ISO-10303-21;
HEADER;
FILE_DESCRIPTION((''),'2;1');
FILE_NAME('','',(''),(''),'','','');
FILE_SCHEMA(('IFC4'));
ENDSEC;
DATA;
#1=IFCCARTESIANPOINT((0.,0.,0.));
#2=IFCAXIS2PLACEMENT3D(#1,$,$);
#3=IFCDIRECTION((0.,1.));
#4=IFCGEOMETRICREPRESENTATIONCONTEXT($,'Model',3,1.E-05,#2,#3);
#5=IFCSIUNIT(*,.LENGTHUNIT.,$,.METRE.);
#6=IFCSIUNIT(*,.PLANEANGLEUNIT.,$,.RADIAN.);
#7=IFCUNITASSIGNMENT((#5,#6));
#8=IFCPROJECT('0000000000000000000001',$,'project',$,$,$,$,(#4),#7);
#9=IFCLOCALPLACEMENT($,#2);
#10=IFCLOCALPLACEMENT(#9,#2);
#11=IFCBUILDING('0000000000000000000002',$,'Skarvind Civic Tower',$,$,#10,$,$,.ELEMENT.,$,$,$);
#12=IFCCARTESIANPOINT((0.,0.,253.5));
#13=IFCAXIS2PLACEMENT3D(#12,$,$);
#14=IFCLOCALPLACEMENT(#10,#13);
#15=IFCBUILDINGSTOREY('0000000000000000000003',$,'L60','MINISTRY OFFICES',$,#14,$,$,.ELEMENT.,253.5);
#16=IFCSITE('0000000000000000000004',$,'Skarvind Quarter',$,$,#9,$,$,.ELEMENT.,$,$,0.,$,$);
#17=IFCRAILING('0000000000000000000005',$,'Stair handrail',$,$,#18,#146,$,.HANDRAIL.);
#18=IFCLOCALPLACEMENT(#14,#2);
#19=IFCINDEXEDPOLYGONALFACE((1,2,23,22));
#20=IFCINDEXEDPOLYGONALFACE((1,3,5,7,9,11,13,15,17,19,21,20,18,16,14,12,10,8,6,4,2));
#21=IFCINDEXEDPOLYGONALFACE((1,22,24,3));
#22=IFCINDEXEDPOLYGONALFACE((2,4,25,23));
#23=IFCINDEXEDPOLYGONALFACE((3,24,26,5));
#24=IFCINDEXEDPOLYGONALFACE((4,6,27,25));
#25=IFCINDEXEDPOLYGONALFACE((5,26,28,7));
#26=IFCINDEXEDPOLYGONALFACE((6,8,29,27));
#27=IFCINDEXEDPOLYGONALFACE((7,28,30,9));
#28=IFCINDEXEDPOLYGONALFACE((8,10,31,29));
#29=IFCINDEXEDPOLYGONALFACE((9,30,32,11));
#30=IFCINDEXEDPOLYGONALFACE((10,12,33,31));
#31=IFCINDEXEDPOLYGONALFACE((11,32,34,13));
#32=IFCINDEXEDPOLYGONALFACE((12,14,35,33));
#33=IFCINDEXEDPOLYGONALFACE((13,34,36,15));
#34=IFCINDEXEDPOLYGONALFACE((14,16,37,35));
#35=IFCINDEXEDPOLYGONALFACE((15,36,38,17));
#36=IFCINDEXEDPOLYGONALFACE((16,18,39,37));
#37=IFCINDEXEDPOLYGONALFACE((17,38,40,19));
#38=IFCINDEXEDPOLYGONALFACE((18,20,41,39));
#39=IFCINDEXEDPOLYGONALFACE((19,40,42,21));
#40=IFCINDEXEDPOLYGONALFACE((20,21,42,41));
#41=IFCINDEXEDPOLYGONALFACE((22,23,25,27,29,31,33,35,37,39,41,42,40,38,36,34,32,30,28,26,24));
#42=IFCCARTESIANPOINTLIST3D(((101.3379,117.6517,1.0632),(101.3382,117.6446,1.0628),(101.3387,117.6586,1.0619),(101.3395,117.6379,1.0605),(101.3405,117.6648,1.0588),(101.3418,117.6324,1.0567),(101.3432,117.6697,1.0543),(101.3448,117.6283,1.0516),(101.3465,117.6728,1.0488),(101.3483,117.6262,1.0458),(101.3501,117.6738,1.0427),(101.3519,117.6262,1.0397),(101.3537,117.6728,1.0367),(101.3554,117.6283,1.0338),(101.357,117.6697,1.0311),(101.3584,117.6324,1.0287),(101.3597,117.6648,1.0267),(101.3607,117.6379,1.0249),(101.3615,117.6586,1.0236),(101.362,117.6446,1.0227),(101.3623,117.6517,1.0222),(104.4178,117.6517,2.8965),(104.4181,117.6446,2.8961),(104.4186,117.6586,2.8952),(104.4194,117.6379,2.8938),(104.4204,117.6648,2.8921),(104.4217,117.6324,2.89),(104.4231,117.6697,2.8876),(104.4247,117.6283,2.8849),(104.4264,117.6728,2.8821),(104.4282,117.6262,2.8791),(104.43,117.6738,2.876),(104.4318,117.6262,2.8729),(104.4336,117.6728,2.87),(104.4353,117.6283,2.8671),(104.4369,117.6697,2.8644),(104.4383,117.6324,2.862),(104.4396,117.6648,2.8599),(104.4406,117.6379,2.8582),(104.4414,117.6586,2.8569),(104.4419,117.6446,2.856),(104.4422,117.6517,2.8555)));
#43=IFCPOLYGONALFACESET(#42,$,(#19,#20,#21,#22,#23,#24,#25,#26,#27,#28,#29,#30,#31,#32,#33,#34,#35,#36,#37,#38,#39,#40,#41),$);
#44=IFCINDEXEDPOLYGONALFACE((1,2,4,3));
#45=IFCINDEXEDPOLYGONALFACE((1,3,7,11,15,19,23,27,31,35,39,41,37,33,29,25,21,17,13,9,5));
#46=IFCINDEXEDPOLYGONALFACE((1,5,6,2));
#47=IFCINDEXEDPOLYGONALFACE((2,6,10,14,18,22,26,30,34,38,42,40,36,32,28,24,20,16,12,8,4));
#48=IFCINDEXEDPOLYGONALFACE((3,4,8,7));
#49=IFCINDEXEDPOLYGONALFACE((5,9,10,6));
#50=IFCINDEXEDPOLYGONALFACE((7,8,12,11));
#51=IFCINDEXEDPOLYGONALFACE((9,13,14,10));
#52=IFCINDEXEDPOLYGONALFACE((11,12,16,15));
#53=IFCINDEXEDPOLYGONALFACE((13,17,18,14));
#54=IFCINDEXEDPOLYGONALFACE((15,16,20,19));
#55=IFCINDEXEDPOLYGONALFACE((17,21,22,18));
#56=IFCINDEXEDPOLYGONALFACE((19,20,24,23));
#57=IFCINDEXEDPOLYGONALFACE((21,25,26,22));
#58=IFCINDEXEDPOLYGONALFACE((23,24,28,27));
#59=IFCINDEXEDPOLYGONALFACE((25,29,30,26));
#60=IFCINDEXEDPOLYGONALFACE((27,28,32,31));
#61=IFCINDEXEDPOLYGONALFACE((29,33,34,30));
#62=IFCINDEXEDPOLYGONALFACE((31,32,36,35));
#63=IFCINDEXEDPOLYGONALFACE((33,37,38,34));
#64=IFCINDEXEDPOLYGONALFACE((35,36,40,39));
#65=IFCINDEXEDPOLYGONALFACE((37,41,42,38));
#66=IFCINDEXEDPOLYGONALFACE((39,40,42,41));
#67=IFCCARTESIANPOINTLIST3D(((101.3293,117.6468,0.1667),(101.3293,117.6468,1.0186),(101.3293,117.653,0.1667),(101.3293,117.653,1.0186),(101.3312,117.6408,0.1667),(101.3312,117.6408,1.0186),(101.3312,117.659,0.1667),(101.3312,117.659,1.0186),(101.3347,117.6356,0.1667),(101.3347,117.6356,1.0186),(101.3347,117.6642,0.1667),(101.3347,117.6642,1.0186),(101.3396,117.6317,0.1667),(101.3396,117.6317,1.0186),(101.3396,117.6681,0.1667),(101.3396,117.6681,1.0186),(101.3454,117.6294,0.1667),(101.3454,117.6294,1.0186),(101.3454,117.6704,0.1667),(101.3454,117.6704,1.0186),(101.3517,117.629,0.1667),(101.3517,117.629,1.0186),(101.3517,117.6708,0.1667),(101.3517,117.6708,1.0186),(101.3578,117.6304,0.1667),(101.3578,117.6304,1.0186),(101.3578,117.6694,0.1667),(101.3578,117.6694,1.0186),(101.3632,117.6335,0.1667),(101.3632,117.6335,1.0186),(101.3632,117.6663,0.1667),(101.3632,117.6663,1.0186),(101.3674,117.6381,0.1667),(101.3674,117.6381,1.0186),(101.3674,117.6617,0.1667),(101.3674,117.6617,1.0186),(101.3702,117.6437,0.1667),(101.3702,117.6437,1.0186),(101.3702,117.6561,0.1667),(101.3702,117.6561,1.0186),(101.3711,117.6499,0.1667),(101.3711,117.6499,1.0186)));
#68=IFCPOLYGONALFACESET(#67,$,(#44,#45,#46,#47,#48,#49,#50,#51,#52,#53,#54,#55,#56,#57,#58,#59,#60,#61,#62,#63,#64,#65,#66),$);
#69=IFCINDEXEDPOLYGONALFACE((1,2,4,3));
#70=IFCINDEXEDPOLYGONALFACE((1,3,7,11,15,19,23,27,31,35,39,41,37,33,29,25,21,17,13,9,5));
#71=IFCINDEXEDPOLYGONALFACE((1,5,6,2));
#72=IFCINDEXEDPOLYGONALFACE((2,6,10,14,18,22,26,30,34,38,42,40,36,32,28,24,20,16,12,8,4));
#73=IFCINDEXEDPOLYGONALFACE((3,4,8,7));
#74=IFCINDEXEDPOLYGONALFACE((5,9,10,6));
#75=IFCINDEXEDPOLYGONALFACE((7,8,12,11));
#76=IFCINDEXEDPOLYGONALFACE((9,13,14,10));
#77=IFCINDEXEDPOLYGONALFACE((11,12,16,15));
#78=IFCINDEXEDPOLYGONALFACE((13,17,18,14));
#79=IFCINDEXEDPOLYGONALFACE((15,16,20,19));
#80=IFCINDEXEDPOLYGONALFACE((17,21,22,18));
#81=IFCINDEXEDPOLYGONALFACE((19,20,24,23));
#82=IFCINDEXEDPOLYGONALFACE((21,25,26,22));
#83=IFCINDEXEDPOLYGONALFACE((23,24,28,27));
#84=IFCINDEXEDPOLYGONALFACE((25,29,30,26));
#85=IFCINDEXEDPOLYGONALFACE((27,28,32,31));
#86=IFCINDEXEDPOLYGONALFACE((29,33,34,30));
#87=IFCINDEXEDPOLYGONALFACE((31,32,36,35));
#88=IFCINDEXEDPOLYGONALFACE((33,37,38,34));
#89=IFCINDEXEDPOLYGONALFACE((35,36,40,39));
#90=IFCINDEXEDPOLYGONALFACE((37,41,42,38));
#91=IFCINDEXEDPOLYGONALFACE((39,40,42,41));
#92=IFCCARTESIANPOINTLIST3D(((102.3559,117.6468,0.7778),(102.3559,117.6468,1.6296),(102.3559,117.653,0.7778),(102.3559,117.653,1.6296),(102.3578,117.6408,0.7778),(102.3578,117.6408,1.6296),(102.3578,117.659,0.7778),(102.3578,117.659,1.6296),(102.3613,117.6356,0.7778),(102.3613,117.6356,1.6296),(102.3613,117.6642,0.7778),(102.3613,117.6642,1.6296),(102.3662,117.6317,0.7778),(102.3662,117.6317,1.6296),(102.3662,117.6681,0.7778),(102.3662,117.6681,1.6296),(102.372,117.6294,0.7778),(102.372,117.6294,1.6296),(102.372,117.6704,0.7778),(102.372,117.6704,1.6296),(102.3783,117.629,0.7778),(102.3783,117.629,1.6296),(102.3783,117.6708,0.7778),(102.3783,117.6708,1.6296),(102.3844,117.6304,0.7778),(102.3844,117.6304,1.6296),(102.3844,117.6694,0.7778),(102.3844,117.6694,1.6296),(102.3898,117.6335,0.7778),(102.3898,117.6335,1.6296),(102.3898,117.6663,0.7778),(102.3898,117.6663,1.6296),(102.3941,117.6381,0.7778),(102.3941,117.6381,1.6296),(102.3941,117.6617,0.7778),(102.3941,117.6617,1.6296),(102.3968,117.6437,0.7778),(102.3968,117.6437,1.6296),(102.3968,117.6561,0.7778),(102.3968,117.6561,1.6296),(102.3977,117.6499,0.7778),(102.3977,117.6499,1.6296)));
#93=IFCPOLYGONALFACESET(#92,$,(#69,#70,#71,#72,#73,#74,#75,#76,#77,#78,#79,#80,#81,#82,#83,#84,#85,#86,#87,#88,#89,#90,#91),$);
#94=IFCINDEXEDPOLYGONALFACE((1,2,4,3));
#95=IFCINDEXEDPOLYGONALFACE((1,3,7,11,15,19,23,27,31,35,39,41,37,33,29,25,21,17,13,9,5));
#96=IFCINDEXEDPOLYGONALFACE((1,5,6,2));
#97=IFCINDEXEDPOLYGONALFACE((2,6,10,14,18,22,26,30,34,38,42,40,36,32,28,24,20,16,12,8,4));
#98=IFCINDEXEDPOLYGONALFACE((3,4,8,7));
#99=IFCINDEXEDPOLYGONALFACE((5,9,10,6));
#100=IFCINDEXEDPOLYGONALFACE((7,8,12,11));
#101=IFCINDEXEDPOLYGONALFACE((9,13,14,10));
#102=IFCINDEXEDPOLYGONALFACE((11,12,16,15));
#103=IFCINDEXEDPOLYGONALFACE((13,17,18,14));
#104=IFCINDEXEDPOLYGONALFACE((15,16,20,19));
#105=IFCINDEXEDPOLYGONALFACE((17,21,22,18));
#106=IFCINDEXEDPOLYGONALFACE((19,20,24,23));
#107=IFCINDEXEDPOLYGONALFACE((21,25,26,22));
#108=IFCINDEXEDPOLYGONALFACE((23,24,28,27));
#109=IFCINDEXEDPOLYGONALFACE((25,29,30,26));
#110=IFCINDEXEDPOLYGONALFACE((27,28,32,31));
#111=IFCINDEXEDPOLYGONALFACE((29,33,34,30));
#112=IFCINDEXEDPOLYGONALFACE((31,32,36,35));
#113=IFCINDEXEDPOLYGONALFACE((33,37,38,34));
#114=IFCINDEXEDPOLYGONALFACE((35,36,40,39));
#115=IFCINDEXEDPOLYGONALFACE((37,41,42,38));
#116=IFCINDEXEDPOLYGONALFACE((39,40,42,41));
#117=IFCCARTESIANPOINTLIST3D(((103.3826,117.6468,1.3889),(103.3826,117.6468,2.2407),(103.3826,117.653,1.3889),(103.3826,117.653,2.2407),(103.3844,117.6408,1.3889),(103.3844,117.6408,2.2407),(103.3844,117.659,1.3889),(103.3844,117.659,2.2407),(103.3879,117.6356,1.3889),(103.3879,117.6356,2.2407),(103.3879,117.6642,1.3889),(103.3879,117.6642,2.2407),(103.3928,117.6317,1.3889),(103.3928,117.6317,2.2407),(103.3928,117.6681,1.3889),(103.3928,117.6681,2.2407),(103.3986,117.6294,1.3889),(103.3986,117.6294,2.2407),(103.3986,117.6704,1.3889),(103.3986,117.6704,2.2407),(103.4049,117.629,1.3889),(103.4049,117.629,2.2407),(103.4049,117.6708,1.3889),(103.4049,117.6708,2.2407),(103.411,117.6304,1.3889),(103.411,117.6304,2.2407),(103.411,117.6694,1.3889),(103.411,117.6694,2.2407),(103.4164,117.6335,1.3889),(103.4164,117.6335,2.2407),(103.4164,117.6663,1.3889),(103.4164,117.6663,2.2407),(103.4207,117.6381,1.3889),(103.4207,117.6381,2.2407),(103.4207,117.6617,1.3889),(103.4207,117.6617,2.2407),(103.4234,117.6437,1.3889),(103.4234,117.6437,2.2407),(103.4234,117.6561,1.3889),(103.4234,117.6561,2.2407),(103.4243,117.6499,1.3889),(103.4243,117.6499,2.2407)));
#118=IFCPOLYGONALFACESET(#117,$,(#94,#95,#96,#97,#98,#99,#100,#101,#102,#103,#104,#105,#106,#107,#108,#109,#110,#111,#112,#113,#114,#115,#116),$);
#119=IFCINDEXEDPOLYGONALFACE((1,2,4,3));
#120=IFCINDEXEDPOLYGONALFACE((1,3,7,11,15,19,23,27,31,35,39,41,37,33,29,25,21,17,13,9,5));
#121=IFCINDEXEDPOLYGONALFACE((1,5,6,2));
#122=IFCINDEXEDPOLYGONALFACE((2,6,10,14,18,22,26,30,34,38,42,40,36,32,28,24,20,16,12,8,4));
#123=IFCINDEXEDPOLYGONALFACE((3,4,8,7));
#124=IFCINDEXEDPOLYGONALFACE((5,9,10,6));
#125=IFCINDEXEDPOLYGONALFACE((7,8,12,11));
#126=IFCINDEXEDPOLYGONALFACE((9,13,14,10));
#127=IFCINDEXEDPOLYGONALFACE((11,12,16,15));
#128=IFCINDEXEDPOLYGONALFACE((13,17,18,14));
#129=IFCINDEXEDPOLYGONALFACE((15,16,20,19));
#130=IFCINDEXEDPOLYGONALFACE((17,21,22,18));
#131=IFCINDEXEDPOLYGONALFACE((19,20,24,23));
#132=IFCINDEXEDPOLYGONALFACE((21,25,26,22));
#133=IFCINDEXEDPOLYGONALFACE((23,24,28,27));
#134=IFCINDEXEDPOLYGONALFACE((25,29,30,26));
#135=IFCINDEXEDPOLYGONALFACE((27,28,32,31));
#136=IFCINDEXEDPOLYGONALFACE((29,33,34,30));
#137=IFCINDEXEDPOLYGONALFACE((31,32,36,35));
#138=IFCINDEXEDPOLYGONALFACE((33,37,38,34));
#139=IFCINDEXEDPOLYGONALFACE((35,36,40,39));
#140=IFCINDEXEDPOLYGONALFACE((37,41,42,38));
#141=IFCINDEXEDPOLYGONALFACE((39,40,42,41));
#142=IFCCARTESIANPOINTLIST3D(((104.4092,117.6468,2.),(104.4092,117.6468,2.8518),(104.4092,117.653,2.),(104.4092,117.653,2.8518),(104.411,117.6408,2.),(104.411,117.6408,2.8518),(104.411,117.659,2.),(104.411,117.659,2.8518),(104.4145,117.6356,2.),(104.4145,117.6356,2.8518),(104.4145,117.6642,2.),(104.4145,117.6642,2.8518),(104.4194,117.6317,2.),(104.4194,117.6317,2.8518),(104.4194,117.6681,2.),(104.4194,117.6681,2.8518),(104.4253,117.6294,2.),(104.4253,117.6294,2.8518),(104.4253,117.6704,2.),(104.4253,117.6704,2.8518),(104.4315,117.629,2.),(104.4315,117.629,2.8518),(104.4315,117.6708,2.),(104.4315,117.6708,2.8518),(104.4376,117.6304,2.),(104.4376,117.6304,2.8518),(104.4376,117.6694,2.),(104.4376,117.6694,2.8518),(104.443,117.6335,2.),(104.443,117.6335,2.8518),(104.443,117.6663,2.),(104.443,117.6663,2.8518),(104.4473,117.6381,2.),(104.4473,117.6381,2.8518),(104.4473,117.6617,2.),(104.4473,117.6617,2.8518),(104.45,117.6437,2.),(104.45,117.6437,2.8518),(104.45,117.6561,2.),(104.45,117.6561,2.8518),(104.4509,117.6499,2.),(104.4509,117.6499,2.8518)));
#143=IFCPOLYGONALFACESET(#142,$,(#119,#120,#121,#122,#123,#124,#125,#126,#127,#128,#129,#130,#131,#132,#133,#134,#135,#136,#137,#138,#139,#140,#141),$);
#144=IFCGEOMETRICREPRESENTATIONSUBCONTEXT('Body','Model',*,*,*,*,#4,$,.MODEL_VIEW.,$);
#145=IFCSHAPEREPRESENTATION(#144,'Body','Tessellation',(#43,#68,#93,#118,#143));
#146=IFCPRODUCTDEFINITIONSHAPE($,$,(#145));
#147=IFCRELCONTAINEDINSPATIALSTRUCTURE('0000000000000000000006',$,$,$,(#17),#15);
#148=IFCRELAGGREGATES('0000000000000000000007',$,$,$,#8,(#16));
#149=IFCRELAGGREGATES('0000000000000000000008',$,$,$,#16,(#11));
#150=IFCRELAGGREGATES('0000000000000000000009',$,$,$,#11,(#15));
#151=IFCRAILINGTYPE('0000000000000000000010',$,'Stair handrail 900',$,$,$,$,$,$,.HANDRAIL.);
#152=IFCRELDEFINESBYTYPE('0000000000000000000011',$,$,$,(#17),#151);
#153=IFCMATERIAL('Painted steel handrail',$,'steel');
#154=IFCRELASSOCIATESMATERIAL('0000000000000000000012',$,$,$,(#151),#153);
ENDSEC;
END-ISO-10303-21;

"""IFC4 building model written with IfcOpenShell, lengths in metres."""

from ifc_helpers import new_model, si_unit, direction, frame, origin, origin_2d, place, context, subcontext, project, spatial, circle, extrude, material, type_object, element, save


model = new_model("IFC4")

# Units and contexts
model_context = context("Model", 3, precision=1e-05, world=origin(), true_north=direction((0.0, 1.0)))
body_context = subcontext(model_context, "Body", "Model", "MODEL_VIEW")
ifc_project = project(units=[si_unit("LENGTHUNIT", "METRE"), si_unit("PLANEANGLEUNIT", "RADIAN")], contexts=[model_context])

# Site, building, storey
site_placement = place(None, origin())
site = spatial("IfcSite", under=ifc_project, at=site_placement, Name="Skarvind Quarter", CompositionType="ELEMENT", RefElevation=0.0)
building_placement = place(site_placement, origin())
building = spatial("IfcBuilding", under=site, at=building_placement, Name="Skarvind Civic Tower", CompositionType="ELEMENT")
storey_placement = place(building_placement, frame((0.0, 0.0, 253.5)))
storey = spatial("IfcBuildingStorey", under=building, at=storey_placement, Name="L60", Description="MINISTRY OFFICES", CompositionType="ELEMENT", Elevation=253.5)

# Railing
ifc_material_1 = material(Name="Painted steel handrail", Category="steel")
railing_type = type_object("IfcRailingType", Name="Stair handrail 900", PredefinedType="HANDRAIL", material=ifc_material_1)
railing_1_placement = place(storey_placement, frame((101.3501, 117.6499, 0.1667)))
element("IfcRailing", 1, at=railing_1_placement, inside=storey, type_object=railing_type, Name="Stair handrail", PredefinedType="HANDRAIL", context=body_context, shape_type="SweptSolid", body=[
    extrude(circle(Radius=0.0239, at=origin_2d()), frame((0.0, 0.0, 0.876), z_axis=(0.859291, 0.0, 0.511487), x_axis=(0.0, 1.0, 0.0)), (0.0, 0.0, 1.0), 3.5842),
    extrude(circle(Radius=0.021, at=origin_2d()), origin(), (0.0, 0.0, 1.0), 0.8518),
    extrude(circle(Radius=0.021, at=origin_2d()), frame((1.0266, 0.0, 0.6111)), (0.0, 0.0, 1.0), 0.8518),
    extrude(circle(Radius=0.021, at=origin_2d()), frame((2.0532, 0.0, 1.2222)), (0.0, 0.0, 1.0), 0.8518),
    extrude(circle(Radius=0.021, at=origin_2d()), frame((3.0798, 0.0, 1.8333)), (0.0, 0.0, 1.0), 0.8518),
])

save(model, "model.ifc")
